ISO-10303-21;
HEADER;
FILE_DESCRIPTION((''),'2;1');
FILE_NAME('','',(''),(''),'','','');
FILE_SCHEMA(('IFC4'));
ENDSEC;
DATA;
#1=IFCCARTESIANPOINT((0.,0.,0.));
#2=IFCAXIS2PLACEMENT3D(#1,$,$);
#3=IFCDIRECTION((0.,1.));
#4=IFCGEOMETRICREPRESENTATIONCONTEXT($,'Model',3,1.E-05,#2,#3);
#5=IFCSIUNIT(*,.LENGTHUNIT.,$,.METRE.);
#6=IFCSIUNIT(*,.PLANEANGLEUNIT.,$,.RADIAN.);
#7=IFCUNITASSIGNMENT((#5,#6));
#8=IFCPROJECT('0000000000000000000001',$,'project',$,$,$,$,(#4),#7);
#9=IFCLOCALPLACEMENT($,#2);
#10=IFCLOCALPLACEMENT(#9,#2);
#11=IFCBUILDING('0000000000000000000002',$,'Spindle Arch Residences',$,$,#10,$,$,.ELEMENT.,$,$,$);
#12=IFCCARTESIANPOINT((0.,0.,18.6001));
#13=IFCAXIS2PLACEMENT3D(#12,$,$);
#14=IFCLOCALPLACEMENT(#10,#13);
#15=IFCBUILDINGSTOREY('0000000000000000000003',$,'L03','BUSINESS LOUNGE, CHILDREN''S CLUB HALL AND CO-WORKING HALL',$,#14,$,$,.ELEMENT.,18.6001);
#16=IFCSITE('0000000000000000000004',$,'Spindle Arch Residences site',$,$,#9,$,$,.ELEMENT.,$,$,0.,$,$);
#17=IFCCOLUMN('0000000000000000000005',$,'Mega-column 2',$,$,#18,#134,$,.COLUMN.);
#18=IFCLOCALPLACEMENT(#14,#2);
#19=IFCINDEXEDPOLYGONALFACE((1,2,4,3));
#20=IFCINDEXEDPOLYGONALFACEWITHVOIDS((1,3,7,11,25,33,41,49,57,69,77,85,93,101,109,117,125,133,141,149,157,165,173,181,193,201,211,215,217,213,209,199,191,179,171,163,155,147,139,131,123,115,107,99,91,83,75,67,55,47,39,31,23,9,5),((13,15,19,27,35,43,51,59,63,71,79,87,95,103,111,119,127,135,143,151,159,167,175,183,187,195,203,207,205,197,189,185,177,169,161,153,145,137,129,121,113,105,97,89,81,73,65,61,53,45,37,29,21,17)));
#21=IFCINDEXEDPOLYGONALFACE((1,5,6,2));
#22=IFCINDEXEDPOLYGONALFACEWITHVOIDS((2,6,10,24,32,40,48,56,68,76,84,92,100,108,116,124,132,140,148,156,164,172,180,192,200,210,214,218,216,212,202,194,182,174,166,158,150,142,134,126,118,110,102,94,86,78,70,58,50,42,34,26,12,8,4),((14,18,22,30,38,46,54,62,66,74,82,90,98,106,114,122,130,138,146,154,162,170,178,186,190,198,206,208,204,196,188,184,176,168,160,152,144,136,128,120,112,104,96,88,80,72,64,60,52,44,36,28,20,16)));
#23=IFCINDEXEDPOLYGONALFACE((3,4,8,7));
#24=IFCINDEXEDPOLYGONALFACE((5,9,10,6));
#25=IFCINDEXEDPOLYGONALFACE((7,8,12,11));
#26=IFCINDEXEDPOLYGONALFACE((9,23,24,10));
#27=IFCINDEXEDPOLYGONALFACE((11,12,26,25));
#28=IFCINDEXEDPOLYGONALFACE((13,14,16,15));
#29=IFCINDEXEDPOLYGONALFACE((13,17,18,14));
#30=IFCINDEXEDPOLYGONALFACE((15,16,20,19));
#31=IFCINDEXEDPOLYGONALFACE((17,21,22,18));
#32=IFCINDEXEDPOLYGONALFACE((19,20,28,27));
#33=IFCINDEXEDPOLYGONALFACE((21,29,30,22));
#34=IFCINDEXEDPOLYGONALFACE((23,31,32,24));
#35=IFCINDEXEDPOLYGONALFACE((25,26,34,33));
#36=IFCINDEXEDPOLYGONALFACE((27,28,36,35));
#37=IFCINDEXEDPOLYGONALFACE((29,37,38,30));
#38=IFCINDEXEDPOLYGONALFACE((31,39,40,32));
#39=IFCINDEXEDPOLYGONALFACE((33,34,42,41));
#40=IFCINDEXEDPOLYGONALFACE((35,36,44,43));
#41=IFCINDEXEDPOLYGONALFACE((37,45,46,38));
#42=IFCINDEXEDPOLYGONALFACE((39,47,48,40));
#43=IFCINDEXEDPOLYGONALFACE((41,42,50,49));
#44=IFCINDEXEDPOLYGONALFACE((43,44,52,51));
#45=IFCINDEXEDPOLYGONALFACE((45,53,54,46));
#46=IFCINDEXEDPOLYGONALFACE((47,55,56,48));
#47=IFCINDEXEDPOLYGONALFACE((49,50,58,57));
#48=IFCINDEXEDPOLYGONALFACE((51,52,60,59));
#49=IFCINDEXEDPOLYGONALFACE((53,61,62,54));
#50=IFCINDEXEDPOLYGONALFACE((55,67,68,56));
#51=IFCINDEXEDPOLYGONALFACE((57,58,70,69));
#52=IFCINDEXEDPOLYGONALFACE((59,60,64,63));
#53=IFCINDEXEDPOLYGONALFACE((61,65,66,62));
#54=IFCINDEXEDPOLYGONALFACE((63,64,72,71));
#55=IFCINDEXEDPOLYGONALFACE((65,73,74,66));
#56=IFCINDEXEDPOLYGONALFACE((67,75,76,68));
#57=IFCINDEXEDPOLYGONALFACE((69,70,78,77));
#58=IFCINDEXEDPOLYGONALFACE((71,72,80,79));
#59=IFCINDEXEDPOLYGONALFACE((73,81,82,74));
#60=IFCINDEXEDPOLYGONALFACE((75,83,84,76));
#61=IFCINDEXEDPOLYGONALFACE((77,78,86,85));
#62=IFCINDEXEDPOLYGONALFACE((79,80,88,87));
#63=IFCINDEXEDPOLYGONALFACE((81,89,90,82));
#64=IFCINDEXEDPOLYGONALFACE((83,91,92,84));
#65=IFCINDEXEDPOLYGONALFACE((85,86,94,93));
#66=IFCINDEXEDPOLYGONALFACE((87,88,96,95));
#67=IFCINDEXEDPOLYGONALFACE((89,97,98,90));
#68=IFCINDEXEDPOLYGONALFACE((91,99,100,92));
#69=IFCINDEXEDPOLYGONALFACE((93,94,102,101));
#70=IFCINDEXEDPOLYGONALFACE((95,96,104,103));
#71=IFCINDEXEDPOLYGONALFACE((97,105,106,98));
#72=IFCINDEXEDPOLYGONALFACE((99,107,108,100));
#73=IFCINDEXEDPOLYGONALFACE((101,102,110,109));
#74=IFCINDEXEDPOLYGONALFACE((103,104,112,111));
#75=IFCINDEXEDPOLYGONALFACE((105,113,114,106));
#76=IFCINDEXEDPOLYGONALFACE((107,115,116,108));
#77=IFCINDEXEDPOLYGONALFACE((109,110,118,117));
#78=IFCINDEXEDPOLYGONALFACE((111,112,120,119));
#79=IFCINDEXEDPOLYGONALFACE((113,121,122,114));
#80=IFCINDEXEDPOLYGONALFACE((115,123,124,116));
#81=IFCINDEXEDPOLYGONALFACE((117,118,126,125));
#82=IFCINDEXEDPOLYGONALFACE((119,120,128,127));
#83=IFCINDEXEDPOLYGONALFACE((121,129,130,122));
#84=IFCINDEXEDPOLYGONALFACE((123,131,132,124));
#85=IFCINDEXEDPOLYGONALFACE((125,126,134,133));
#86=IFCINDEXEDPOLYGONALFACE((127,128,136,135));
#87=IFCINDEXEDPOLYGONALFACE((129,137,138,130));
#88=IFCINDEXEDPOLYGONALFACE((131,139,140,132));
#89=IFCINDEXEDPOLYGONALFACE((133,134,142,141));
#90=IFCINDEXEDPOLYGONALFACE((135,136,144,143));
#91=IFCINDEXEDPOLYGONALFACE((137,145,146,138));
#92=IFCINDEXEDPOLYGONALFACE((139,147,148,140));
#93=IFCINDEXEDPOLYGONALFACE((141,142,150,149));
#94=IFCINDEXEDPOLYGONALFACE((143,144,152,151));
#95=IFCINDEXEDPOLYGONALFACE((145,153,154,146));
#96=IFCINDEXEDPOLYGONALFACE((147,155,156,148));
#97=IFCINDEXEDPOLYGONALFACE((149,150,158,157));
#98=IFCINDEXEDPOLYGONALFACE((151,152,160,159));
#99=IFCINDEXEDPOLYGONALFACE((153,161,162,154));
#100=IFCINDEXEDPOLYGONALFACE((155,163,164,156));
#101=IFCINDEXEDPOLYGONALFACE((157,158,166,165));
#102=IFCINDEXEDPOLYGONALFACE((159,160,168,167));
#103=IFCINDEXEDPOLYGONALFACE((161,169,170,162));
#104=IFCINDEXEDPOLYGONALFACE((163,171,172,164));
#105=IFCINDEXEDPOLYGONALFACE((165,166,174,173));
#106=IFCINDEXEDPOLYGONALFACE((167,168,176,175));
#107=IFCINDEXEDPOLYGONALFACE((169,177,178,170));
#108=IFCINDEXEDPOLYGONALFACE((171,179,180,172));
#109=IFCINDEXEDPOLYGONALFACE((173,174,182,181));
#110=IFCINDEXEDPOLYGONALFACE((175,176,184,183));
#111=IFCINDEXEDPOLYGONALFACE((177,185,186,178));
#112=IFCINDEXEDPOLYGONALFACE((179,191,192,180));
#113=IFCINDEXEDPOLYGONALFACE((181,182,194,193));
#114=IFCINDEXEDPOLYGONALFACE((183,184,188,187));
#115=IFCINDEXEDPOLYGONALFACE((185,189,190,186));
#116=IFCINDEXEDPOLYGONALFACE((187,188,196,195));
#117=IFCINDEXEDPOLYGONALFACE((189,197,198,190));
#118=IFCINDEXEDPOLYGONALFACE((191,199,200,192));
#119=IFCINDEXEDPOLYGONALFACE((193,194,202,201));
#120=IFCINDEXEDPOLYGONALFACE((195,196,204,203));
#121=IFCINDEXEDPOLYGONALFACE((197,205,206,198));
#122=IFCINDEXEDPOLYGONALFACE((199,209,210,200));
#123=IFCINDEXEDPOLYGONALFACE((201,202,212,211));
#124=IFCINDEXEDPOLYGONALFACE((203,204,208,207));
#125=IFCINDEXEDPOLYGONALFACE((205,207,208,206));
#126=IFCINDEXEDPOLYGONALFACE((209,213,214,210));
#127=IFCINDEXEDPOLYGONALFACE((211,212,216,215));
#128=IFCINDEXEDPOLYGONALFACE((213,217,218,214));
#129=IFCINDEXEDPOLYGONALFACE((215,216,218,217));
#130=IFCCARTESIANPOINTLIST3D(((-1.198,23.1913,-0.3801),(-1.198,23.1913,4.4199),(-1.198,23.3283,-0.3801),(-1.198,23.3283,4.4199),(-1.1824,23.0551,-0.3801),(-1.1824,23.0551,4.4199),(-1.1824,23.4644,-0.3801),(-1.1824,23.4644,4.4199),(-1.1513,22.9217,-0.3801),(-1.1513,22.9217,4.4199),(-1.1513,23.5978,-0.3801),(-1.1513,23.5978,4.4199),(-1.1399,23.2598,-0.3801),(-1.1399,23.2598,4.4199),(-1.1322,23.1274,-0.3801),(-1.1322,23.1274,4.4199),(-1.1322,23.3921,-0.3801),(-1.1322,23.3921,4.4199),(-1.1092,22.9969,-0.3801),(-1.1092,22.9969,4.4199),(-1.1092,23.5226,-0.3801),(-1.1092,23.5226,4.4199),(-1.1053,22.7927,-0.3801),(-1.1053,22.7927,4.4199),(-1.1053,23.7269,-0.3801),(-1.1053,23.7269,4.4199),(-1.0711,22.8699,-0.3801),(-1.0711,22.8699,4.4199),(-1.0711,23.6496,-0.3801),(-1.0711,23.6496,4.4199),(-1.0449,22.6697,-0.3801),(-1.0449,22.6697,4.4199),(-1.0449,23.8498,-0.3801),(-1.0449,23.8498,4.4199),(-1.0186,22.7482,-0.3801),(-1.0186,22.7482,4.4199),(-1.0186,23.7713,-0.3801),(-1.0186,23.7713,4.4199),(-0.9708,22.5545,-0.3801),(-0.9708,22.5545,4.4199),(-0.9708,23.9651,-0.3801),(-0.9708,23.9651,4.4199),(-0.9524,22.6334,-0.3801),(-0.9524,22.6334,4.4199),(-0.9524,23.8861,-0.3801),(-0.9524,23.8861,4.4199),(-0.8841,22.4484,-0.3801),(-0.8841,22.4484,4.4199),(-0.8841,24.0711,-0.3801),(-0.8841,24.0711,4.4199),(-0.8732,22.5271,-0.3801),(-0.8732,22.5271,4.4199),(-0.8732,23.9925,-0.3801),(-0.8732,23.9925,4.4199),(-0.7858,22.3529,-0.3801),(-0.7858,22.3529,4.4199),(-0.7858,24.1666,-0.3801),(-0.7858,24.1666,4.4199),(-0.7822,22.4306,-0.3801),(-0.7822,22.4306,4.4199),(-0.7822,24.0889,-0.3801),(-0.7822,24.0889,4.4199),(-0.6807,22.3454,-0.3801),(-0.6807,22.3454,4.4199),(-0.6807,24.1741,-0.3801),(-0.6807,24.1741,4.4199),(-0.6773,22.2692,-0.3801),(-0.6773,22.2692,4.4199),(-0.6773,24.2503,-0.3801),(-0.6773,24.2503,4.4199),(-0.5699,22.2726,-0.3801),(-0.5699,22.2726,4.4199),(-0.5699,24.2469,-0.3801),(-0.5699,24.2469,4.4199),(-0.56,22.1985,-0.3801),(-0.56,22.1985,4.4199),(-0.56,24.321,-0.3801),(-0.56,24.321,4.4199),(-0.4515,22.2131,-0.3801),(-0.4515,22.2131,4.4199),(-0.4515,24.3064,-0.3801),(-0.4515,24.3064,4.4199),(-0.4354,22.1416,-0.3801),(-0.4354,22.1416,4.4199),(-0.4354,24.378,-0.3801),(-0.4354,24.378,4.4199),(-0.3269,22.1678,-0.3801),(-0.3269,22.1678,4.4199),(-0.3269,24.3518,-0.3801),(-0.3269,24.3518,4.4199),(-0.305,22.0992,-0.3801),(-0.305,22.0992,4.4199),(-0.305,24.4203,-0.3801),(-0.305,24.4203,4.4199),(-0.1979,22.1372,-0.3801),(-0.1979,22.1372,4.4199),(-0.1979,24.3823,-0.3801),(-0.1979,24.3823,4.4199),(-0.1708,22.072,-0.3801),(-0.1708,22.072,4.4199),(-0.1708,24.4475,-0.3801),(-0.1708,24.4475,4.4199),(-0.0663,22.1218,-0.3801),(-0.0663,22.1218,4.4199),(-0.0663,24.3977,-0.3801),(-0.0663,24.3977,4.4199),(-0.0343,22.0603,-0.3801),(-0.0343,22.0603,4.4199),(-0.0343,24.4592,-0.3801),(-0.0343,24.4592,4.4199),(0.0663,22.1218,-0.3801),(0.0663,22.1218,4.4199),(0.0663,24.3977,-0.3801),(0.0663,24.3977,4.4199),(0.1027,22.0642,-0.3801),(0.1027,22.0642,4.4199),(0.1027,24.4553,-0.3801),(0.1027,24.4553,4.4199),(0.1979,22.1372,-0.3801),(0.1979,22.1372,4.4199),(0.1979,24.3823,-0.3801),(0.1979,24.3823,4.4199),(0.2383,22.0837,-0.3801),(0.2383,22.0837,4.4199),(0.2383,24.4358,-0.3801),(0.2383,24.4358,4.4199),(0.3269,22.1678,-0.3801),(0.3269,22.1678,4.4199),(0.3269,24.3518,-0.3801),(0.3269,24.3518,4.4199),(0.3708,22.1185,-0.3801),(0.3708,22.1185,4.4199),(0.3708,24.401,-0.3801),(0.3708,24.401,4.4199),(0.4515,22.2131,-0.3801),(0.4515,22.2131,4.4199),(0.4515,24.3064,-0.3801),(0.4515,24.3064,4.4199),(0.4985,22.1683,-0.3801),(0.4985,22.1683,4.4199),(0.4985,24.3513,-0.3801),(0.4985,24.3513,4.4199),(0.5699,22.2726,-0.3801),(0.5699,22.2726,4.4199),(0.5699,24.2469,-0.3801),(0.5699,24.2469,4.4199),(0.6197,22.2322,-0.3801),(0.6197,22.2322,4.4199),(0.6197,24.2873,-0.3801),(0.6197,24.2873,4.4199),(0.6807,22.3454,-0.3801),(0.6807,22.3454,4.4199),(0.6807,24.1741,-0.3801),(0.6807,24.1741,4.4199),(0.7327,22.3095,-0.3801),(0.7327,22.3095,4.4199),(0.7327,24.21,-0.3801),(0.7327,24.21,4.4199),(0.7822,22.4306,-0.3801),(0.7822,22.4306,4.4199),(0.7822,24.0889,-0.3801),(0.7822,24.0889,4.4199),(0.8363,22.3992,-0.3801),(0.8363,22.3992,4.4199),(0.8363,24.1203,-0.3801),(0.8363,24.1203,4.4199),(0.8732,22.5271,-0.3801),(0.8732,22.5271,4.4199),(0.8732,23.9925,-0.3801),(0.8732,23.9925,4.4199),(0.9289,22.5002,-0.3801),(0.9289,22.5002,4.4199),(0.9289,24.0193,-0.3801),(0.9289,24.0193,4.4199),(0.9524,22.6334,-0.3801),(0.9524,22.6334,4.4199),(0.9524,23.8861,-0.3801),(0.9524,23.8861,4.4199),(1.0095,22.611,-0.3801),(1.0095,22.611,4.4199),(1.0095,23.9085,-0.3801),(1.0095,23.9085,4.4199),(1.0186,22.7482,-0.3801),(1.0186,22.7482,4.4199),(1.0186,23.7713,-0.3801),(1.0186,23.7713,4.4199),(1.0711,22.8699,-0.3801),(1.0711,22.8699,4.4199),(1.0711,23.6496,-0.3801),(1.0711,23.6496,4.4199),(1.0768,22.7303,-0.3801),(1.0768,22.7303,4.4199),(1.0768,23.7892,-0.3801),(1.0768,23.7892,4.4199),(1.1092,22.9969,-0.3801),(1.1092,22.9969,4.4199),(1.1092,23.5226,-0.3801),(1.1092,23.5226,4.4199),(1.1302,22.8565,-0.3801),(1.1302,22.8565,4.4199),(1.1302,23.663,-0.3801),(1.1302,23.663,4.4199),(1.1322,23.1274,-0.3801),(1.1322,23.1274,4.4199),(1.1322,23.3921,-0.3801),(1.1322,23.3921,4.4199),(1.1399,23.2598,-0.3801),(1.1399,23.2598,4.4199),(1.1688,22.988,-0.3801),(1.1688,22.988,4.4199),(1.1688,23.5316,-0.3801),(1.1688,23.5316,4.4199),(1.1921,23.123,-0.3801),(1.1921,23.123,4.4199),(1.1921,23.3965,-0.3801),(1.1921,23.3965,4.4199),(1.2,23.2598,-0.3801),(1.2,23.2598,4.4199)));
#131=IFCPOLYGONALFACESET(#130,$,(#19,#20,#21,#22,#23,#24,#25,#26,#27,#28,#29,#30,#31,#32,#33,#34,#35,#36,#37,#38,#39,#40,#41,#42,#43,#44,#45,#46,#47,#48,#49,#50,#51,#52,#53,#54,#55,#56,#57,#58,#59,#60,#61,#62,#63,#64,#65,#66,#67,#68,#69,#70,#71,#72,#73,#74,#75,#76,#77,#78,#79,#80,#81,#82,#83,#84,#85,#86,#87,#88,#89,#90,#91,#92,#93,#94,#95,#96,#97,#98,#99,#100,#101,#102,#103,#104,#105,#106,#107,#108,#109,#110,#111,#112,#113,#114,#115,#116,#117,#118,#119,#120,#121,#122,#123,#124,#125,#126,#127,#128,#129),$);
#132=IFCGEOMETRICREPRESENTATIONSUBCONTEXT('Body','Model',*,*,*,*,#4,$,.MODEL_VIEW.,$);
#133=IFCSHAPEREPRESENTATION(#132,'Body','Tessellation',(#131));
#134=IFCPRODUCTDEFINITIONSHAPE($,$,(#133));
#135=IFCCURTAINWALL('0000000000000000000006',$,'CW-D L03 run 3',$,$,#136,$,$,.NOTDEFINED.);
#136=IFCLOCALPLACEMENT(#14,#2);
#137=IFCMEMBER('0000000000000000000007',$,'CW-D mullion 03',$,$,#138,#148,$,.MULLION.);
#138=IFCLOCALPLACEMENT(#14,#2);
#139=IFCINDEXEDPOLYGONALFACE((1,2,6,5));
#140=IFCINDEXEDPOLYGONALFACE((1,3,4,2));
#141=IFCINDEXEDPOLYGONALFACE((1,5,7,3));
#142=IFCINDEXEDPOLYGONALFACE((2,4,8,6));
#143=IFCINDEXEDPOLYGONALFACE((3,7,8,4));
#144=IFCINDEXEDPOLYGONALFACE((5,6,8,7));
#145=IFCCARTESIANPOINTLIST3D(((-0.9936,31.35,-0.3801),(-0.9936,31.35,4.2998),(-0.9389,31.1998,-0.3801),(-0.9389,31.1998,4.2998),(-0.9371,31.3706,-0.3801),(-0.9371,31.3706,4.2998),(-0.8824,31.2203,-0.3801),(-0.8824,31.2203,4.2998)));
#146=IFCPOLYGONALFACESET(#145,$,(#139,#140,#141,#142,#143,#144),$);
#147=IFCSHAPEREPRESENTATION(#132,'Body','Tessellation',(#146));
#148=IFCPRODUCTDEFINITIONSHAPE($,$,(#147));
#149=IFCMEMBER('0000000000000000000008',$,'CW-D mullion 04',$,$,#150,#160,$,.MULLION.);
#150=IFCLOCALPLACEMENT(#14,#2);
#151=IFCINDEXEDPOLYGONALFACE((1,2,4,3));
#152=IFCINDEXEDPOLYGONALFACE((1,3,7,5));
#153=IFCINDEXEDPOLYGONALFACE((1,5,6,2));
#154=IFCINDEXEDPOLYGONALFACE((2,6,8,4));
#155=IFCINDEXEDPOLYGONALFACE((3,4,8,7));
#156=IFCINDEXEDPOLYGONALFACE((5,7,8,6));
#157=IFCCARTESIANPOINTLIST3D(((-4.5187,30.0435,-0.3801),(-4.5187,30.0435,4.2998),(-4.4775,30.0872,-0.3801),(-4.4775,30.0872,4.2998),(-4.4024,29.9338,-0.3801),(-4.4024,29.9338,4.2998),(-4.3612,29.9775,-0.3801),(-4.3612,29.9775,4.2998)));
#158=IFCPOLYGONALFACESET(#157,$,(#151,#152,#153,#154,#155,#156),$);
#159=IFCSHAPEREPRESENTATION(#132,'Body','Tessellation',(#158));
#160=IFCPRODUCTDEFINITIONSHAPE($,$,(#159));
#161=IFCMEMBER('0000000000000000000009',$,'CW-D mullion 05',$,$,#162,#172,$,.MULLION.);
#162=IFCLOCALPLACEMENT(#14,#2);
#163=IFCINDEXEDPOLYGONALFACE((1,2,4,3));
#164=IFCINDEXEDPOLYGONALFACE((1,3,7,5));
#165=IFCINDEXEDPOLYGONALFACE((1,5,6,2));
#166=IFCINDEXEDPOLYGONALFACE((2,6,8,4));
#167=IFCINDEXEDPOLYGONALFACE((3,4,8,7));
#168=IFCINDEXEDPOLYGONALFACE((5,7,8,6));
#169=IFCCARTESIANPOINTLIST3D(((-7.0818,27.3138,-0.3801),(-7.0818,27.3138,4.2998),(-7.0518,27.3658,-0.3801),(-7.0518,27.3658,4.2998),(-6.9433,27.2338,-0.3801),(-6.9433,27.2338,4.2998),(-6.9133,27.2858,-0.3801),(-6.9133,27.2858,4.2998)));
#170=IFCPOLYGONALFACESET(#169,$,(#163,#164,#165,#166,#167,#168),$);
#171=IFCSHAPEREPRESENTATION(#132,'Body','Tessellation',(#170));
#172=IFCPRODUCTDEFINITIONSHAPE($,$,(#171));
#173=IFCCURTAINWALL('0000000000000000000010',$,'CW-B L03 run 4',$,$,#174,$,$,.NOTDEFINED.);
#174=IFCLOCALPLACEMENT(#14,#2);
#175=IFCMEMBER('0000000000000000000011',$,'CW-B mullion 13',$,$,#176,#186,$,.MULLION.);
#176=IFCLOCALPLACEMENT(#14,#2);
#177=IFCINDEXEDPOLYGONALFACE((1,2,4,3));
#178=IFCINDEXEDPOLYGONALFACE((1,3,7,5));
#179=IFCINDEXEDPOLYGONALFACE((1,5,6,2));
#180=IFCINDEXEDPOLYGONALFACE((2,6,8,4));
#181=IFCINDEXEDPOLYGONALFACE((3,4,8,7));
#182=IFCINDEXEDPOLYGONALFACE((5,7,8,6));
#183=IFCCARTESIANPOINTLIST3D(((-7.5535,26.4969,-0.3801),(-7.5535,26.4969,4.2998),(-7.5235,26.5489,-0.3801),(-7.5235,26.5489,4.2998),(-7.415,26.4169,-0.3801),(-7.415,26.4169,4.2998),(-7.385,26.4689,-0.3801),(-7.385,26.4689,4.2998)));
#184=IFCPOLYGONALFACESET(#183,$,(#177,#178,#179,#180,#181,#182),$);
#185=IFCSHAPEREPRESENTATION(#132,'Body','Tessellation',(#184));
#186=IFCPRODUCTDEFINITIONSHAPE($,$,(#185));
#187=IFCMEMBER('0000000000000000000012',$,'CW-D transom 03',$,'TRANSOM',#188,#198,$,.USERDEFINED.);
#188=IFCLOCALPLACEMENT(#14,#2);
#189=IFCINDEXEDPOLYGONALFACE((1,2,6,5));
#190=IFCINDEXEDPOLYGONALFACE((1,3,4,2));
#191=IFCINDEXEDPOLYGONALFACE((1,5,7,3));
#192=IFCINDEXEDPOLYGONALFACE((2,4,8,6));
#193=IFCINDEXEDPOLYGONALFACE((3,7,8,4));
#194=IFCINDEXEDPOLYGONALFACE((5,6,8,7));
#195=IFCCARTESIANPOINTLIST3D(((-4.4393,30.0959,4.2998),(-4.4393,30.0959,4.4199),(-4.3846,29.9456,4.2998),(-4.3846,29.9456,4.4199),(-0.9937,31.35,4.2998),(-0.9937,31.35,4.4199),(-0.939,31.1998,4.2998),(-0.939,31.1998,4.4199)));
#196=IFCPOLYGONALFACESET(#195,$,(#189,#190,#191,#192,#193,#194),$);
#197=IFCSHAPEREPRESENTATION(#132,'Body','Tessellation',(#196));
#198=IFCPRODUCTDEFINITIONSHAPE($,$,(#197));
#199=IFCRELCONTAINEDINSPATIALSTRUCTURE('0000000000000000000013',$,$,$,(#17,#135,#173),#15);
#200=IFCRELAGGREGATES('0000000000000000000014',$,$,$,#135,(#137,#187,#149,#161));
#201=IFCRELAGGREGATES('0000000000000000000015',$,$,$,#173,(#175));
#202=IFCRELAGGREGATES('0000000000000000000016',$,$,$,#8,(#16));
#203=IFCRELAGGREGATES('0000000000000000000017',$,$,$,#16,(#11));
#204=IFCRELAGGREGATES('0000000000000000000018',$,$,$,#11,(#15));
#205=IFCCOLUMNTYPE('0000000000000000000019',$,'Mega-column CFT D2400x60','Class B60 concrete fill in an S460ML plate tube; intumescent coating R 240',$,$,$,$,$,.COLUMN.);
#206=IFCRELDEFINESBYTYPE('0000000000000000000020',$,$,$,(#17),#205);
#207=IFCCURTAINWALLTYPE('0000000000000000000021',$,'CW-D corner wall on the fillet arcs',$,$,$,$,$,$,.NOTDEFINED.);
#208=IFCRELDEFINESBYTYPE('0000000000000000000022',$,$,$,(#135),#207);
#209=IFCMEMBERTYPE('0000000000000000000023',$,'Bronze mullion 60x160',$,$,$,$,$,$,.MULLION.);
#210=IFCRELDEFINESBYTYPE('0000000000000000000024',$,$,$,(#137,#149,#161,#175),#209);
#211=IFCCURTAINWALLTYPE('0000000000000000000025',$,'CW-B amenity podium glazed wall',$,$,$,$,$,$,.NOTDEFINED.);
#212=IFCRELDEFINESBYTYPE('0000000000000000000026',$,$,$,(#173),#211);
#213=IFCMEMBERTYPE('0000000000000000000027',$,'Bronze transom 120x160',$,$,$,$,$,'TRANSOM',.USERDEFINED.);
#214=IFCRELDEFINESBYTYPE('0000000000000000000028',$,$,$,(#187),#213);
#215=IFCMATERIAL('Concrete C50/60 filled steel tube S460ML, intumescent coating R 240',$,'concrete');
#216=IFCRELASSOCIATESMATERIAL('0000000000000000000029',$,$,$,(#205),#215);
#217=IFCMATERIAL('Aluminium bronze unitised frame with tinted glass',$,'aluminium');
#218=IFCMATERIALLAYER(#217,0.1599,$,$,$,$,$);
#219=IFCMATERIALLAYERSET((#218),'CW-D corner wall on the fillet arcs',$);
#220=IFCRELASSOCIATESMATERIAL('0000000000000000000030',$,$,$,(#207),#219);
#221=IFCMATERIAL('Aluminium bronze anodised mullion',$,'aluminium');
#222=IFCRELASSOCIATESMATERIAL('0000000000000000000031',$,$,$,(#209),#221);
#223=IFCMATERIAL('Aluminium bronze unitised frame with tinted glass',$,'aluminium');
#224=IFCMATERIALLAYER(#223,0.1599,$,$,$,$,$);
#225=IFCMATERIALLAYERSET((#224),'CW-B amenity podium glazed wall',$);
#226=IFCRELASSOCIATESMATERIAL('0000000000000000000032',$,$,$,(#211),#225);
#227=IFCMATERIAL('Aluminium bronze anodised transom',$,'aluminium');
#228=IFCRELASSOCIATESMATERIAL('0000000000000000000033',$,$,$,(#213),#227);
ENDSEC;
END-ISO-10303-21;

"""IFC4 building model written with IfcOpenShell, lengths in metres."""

from ifc_helpers import new_model, si_unit, direction, frame, origin, origin_2d, place, context, subcontext, project, spatial, rectangle, hollow_circle, extrude, material, layer, layer_set, material_profile, profile_set, type_object, element, aggregate, save


model = new_model("IFC4")

# Units and contexts
model_context = context("Model", 3, precision=1e-05, world=origin(), true_north=direction((0.0, 1.0)))
body_context = subcontext(model_context, "Body", "Model", "MODEL_VIEW")
ifc_project = project(units=[si_unit("LENGTHUNIT", "METRE"), si_unit("PLANEANGLEUNIT", "RADIAN")], contexts=[model_context])

# Site, building, storey
site_placement = place(None, origin())
site = spatial("IfcSite", under=ifc_project, at=site_placement, Name="Spindle Arch Residences site", CompositionType="ELEMENT", RefElevation=0.0)
building_placement = place(site_placement, origin())
building = spatial("IfcBuilding", under=site, at=building_placement, Name="Spindle Arch Residences", CompositionType="ELEMENT")
storey_placement = place(building_placement, frame((0.0, 0.0, 18.6001)))
storey = spatial("IfcBuildingStorey", under=building, at=storey_placement, Name="L03", Description="BUSINESS LOUNGE, CHILDREN'S CLUB HALL AND CO-WORKING HALL", CompositionType="ELEMENT", Elevation=18.6001)

# Column
ifc_material_1 = material(Name="Concrete C50/60 filled steel tube S460ML, intumescent coating R 240", Category="concrete")
ifc_material_profile_1 = material_profile(ifc_material_1, hollow_circle(Radius=1.2, WallThickness=0.0601, at=origin_2d()), Name="CFT D2400x60")
ifc_profile_set_1 = profile_set([ifc_material_profile_1], Name="Concrete C50/60 filled steel tube S460ML, intumescent coating R 240")
column_type_1 = type_object("IfcColumnType", Name="Mega-column CFT D2400x60", Description="Class B60 concrete fill in an S460ML plate tube; intumescent coating R 240", PredefinedType="COLUMN", material=ifc_profile_set_1)
column_placement = place(storey_placement, frame((0.0, 23.2598, -0.3801), z_axis=(0.0, 0.0, 1.0), x_axis=(1.0, 0.0, 0.0)))
element("IfcColumn", 1, at=column_placement, inside=storey, type_object=column_type_1, Name="Mega-column 2", PredefinedType="COLUMN", context=body_context, shape_type="SweptSolid", body=[
    extrude(hollow_circle(Radius=1.2, WallThickness=0.0601, at=origin_2d()), origin(), (0.0, 0.0, 1.0), 4.8),
])

# Curtain wall, members
ifc_material_2 = material(Name="Aluminium bronze unitised frame with tinted glass", Category="aluminium")
ifc_layer_1 = layer(ifc_material_2, 0.1599)
ifc_layer_set_1 = layer_set([ifc_layer_1], Name="CW-D corner wall on the fillet arcs")
curtain_wall_type_1 = type_object("IfcCurtainWallType", Name="CW-D corner wall on the fillet arcs", PredefinedType="NOTDEFINED", material=ifc_layer_set_1)
curtain_wall_1_placement = place(storey_placement, origin())
curtain_wall_1 = element("IfcCurtainWall", 2, at=curtain_wall_1_placement, inside=storey, type_object=curtain_wall_type_1, Name="CW-D L03 run 3", PredefinedType="NOTDEFINED")
ifc_material_3 = material(Name="Aluminium bronze anodised mullion", Category="aluminium")
ifc_material_profile_2 = material_profile(ifc_material_3, rectangle(XDim=0.1599, YDim=0.0601, at=origin_2d()), Name="MU 60x160")
ifc_profile_set_2 = profile_set([ifc_material_profile_2], Name="Aluminium bronze anodised mullion")
member_type_1 = type_object("IfcMemberType", Name="Bronze mullion 60x160", PredefinedType="MULLION", material=ifc_profile_set_2)
member_1_placement = place(storey_placement, frame((-0.938, 31.2852, -0.3801), z_axis=(0.0, 0.0, 1.0), x_axis=(0.34202, -0.939693, 0.0)))
member_1 = element("IfcMember", 3, at=member_1_placement, type_object=member_type_1, Name="CW-D mullion 03", PredefinedType="MULLION", context=body_context, shape_type="SweptSolid", body=[
    extrude(rectangle(XDim=0.1599, YDim=0.0601, at=origin_2d()), origin(), (0.0, 0.0, 1.0), 4.6799),
])
member_2_placement = place(storey_placement, frame((-4.4399, 30.0105, -0.3801), z_axis=(0.0, 0.0, 1.0), x_axis=(0.727374, -0.686242, 0.0)))
member_2 = element("IfcMember", 4, at=member_2_placement, type_object=member_type_1, Name="CW-D mullion 04", PredefinedType="MULLION", context=body_context, shape_type="SweptSolid", body=[
    extrude(rectangle(XDim=0.1599, YDim=0.0601, at=origin_2d()), origin(), (0.0, 0.0, 1.0), 4.6799),
])
member_3_placement = place(storey_placement, frame((-6.9976, 27.2998, -0.3801), z_axis=(0.0, 0.0, 1.0), x_axis=(0.866025, -0.5, 0.0)))
member_3 = element("IfcMember", 5, at=member_3_placement, type_object=member_type_1, Name="CW-D mullion 05", PredefinedType="MULLION", context=body_context, shape_type="SweptSolid", body=[
    extrude(rectangle(XDim=0.1599, YDim=0.0601, at=origin_2d()), origin(), (0.0, 0.0, 1.0), 4.6799),
])

# Curtain wall, member
ifc_material_4 = material(Name="Aluminium bronze unitised frame with tinted glass", Category="aluminium")
ifc_layer_2 = layer(ifc_material_4, 0.1599)
ifc_layer_set_2 = layer_set([ifc_layer_2], Name="CW-B amenity podium glazed wall")
curtain_wall_type_2 = type_object("IfcCurtainWallType", Name="CW-B amenity podium glazed wall", PredefinedType="NOTDEFINED", material=ifc_layer_set_2)
curtain_wall_2_placement = place(storey_placement, origin())
curtain_wall_2 = element("IfcCurtainWall", 6, at=curtain_wall_2_placement, inside=storey, type_object=curtain_wall_type_2, Name="CW-B L03 run 4", PredefinedType="NOTDEFINED")
member_4_placement = place(storey_placement, frame((-7.4692, 26.4829, -0.3801), z_axis=(0.0, 0.0, 1.0), x_axis=(0.866025, -0.5, 0.0)))
member_4 = element("IfcMember", 7, at=member_4_placement, type_object=member_type_1, Name="CW-B mullion 13", PredefinedType="MULLION", context=body_context, shape_type="SweptSolid", body=[
    extrude(rectangle(XDim=0.1599, YDim=0.0601, at=origin_2d()), origin(), (0.0, 0.0, 1.0), 4.6799),
])

# Member
ifc_material_5 = material(Name="Aluminium bronze anodised transom", Category="aluminium")
ifc_material_profile_3 = material_profile(ifc_material_5, rectangle(XDim=0.1599, YDim=0.1201, at=origin_2d()), Name="TR 120x160")
ifc_profile_set_3 = profile_set([ifc_material_profile_3], Name="Aluminium bronze anodised transom")
member_type_2 = type_object("IfcMemberType", Name="Bronze transom 120x160", ElementType="TRANSOM", PredefinedType="USERDEFINED", material=ifc_profile_set_3)
member_5_placement = place(storey_placement, frame((-0.9663, 31.2749, 4.3599), z_axis=(-0.939686, -0.342037, 0.0), x_axis=(0.342037, -0.939686, 0.0)))
member_5 = element("IfcMember", 8, at=member_5_placement, type_object=member_type_2, Name="CW-D transom 03", ObjectType="TRANSOM", PredefinedType="USERDEFINED", context=body_context, shape_type="SweptSolid", body=[
    extrude(rectangle(XDim=0.1599, YDim=0.1201, at=origin_2d()), origin(), (0.0, 0.0, 1.0), 3.6667),
])

aggregate(curtain_wall_1, [member_1, member_5, member_2, member_3])
aggregate(curtain_wall_2, [member_4])

save(model, "model.ifc")
